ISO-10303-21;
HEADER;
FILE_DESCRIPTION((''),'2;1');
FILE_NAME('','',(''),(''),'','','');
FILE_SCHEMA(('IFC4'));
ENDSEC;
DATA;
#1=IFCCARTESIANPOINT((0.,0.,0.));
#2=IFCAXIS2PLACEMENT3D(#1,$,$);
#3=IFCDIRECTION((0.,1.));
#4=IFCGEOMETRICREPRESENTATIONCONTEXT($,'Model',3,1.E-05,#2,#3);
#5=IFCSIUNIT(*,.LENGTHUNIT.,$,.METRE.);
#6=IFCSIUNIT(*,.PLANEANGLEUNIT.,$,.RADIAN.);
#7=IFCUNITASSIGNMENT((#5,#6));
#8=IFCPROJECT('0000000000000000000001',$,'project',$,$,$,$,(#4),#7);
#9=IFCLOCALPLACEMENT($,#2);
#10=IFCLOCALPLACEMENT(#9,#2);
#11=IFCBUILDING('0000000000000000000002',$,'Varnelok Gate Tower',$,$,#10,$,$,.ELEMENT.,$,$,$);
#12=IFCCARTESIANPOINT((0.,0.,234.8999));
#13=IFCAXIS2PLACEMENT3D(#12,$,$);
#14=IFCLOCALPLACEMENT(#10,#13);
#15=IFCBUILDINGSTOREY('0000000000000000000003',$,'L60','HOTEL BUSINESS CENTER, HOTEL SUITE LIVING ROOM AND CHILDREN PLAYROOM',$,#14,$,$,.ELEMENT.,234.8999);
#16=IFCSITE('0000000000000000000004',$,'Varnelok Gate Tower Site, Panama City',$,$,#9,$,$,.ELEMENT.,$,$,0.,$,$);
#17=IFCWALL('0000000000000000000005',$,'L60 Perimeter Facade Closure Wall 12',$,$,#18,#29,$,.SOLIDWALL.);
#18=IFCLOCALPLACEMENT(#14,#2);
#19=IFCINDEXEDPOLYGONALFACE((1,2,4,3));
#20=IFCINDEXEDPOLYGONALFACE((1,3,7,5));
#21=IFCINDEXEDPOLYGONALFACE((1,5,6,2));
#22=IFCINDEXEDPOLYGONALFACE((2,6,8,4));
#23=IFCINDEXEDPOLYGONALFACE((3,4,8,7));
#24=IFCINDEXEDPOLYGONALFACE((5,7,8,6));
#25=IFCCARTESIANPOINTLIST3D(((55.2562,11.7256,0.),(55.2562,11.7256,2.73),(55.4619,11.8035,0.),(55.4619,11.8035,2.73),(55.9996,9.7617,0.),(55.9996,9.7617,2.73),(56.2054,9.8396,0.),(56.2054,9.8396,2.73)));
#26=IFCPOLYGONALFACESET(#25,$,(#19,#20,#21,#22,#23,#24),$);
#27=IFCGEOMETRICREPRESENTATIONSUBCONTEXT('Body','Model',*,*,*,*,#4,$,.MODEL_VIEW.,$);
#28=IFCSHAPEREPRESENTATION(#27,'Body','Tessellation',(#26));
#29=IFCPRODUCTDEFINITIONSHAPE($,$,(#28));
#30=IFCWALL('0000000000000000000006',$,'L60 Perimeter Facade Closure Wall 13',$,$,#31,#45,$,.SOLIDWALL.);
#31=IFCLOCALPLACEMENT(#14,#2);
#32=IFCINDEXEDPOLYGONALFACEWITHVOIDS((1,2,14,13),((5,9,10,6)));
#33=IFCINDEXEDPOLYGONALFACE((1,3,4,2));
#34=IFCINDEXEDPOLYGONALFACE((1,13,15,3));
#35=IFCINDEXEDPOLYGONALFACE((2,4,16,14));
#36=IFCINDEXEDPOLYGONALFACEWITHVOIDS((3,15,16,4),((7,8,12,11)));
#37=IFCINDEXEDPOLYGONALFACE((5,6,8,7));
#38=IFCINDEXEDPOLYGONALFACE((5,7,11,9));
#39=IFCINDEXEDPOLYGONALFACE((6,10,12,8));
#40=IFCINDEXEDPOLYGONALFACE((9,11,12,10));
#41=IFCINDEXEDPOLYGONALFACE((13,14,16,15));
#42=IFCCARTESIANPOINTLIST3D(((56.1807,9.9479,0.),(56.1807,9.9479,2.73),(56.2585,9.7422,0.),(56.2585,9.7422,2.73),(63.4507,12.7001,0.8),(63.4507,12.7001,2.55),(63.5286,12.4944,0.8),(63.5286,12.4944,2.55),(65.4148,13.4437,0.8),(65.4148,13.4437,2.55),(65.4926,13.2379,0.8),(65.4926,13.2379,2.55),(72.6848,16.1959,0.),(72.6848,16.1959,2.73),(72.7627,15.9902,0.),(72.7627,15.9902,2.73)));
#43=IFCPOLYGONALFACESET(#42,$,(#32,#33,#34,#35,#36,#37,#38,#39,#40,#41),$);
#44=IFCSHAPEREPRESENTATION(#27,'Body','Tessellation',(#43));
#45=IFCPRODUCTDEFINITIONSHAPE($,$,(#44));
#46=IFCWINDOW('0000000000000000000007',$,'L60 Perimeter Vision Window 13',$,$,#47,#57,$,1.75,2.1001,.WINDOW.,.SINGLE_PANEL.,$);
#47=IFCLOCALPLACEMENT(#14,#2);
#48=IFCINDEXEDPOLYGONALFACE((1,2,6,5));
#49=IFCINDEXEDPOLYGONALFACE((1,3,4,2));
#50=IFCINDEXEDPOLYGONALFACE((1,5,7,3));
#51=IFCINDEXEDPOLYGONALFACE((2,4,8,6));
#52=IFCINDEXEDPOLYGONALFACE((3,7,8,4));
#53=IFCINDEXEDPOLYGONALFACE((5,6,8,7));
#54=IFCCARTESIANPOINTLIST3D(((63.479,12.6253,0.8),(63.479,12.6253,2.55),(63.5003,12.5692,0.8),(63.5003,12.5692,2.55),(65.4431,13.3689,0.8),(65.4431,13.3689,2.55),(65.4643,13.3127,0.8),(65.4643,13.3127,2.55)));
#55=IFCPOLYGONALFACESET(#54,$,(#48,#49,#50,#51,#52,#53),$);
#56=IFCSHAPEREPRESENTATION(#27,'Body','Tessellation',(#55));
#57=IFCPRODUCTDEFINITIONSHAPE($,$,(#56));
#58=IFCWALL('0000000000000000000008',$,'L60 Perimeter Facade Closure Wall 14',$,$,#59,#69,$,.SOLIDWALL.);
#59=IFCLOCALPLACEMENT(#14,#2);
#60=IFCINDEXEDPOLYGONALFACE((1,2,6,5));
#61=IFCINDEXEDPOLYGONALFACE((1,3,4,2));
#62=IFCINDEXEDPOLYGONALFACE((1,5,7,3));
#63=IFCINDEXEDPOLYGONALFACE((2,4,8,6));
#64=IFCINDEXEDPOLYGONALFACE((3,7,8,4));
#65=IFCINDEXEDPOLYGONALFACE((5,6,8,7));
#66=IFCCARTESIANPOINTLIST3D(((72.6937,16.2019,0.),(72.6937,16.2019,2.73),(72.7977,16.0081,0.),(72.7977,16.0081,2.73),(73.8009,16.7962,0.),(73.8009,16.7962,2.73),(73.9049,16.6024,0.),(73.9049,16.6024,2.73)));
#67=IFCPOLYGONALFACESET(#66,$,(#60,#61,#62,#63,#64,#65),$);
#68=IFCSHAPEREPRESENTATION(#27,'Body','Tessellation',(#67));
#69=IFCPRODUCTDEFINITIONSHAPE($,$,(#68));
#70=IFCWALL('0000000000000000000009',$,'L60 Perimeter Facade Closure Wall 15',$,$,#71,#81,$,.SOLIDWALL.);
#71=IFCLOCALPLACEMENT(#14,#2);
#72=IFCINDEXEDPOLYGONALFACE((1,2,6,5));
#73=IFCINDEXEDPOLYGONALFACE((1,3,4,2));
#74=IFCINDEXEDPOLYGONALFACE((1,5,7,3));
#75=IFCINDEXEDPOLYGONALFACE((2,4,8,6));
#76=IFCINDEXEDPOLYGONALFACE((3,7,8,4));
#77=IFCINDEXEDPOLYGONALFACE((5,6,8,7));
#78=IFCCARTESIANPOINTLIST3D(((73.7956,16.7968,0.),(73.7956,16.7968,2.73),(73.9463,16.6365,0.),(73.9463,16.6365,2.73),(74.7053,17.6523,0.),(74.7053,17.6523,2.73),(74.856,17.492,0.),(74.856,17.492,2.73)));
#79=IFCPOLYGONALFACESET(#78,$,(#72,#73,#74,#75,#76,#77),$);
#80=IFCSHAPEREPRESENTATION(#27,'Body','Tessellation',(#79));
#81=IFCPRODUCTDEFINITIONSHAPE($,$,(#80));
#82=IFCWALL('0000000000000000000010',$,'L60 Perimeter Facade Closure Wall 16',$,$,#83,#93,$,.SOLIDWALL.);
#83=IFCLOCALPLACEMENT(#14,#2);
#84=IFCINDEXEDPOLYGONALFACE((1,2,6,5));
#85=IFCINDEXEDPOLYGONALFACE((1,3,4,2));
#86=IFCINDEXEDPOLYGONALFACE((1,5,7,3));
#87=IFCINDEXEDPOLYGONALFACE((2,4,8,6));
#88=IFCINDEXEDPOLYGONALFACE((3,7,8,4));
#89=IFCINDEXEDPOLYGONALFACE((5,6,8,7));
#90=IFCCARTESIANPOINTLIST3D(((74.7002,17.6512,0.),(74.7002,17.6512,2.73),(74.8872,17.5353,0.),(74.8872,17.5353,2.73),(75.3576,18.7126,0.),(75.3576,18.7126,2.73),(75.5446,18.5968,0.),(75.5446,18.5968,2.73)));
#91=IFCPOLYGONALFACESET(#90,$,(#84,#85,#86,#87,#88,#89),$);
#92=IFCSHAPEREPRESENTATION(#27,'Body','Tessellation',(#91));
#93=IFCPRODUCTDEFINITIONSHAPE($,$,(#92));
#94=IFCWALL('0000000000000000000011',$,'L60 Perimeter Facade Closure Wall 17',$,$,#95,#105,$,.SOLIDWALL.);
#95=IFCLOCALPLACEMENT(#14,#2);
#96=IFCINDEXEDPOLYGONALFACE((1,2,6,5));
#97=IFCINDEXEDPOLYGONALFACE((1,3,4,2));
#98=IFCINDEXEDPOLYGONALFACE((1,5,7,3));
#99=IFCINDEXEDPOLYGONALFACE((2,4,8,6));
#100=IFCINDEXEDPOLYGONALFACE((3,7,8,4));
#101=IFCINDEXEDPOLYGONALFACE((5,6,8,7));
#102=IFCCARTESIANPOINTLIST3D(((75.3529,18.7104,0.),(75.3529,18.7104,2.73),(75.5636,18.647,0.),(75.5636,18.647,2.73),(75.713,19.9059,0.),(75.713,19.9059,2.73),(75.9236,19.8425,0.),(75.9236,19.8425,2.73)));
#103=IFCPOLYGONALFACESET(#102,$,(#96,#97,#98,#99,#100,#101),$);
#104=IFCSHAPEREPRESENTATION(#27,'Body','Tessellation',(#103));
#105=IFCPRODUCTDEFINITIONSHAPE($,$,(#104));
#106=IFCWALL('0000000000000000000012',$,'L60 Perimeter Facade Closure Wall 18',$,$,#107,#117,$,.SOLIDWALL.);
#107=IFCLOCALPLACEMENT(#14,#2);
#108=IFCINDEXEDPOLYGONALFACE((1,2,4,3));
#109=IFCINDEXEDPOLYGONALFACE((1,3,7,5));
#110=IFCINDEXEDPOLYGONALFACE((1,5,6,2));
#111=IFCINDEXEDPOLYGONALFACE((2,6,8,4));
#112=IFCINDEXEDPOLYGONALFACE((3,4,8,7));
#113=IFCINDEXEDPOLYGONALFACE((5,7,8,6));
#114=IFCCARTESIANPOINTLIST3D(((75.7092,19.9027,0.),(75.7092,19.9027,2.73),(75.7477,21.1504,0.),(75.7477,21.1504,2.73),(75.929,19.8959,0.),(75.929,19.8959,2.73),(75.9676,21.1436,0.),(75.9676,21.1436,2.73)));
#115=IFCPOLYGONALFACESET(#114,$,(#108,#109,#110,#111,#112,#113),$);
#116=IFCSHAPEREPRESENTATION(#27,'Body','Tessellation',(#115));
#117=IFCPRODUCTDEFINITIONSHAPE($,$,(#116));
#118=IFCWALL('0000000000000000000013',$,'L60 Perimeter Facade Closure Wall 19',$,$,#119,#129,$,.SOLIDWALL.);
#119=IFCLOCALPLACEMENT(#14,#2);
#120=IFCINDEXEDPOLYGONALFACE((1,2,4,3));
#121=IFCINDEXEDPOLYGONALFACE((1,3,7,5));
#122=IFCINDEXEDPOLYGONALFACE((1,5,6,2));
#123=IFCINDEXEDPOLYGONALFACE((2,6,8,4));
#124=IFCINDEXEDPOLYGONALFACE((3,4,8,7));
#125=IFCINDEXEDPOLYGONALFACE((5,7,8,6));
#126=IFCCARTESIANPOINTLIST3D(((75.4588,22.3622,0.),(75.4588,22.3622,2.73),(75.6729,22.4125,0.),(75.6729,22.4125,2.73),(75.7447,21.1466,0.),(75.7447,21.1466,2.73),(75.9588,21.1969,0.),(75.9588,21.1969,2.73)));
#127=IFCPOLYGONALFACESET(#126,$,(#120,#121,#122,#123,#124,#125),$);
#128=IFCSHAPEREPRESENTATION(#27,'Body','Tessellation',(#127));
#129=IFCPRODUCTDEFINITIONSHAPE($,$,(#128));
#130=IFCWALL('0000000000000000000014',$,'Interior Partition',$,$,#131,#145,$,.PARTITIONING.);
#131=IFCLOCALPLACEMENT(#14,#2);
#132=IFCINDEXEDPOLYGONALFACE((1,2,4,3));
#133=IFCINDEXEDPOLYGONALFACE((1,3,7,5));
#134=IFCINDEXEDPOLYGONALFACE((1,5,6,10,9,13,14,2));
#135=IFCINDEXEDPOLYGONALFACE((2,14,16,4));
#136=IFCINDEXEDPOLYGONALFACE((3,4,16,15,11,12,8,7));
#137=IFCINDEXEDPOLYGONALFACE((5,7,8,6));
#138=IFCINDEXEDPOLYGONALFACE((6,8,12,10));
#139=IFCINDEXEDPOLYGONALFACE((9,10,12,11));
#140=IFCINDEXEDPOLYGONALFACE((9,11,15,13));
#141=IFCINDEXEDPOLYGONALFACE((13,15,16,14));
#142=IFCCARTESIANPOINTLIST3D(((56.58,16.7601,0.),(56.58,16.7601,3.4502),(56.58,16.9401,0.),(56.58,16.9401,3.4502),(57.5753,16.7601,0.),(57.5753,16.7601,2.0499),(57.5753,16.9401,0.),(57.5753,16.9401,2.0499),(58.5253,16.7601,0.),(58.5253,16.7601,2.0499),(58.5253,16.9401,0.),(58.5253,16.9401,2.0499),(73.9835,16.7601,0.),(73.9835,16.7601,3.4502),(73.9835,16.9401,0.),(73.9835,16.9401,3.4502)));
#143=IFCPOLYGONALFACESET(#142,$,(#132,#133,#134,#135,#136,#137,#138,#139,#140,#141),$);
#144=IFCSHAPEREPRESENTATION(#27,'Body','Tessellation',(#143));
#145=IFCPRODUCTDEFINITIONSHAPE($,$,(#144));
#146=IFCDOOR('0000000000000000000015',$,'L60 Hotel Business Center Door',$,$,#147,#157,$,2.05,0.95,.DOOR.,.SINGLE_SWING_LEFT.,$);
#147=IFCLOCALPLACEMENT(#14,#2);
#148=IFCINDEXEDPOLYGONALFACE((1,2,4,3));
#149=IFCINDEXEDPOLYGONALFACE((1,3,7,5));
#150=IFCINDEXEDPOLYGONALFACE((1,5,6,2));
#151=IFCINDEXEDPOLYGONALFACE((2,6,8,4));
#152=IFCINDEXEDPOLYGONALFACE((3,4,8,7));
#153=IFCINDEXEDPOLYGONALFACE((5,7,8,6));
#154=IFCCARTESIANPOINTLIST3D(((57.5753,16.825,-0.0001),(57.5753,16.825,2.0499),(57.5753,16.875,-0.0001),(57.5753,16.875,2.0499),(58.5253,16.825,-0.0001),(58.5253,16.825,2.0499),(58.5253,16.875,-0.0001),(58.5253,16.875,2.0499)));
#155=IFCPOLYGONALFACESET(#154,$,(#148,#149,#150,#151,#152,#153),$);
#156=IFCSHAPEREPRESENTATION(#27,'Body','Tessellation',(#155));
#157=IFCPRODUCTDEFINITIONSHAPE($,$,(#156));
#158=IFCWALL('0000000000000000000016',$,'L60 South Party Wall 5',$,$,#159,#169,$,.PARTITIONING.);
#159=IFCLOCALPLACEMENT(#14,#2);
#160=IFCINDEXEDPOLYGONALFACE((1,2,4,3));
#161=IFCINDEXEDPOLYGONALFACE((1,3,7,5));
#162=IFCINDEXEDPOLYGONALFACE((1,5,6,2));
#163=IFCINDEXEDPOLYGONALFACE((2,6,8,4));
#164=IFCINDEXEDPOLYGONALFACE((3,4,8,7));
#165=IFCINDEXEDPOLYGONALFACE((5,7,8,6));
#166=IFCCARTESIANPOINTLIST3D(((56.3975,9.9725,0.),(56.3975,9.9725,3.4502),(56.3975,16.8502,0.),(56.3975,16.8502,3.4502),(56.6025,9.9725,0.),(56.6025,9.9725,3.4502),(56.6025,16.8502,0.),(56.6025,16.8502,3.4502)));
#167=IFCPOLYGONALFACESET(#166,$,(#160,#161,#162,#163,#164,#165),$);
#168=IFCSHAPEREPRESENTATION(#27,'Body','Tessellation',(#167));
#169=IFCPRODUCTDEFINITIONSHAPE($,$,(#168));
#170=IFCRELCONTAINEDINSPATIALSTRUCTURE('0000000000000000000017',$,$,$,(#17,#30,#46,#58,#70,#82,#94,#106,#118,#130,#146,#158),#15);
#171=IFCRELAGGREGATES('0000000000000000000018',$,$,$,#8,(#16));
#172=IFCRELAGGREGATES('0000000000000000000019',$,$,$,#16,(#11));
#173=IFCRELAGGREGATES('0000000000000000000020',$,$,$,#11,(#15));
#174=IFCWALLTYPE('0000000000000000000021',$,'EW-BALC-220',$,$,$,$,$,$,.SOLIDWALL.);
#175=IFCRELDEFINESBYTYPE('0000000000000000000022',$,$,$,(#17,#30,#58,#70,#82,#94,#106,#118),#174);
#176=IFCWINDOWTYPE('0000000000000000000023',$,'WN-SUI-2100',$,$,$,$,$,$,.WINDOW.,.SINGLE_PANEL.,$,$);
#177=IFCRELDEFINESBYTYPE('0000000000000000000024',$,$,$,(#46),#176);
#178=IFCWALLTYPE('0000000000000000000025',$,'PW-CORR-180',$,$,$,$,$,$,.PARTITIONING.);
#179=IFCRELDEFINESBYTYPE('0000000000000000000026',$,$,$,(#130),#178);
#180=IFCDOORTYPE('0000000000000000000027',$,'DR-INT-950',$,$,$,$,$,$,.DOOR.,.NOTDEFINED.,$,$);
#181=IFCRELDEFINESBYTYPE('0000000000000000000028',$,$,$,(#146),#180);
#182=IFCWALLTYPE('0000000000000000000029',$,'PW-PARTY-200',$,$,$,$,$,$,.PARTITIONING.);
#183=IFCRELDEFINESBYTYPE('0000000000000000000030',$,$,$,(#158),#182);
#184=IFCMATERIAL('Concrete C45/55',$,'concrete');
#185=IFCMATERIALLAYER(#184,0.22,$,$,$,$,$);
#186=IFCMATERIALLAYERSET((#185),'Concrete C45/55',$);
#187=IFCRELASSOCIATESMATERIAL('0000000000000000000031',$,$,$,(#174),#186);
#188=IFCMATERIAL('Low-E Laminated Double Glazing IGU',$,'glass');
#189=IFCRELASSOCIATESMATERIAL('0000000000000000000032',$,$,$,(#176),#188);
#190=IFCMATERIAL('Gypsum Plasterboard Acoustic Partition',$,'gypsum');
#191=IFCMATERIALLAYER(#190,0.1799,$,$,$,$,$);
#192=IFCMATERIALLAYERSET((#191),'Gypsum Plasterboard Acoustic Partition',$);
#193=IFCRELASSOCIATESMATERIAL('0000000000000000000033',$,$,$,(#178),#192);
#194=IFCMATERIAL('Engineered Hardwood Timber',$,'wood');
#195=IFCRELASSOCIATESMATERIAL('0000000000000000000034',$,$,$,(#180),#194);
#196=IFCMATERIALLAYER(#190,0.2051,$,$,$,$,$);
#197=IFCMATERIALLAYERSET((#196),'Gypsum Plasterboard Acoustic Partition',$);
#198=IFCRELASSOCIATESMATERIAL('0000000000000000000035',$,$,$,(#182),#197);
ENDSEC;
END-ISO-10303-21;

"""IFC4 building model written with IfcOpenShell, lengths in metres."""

from ifc_helpers import new_model, si_unit, direction, frame, frame_2d, origin, place, context, subcontext, project, spatial, rectangle, extrude, material, layer, layer_set, type_object, element, fill, save


model = new_model("IFC4")

# Units and contexts
model_context = context("Model", 3, precision=1e-05, world=origin(), true_north=direction((0.0, 1.0)))
body_context = subcontext(model_context, "Body", "Model", "MODEL_VIEW")
ifc_project = project(units=[si_unit("LENGTHUNIT", "METRE"), si_unit("PLANEANGLEUNIT", "RADIAN")], contexts=[model_context])

# Site, building, storey
site_placement = place(None, origin())
site = spatial("IfcSite", under=ifc_project, at=site_placement, Name="Varnelok Gate Tower Site, Panama City", CompositionType="ELEMENT", RefElevation=0.0)
building_placement = place(site_placement, origin())
building = spatial("IfcBuilding", under=site, at=building_placement, Name="Varnelok Gate Tower", CompositionType="ELEMENT")
storey_placement = place(building_placement, frame((0.0, 0.0, 234.8999)))
storey = spatial("IfcBuildingStorey", under=building, at=storey_placement, Name="L60", Description="HOTEL BUSINESS CENTER, HOTEL SUITE LIVING ROOM AND CHILDREN PLAYROOM", CompositionType="ELEMENT", Elevation=234.8999)

# Shared definitions
ifc_material_1 = material(Name="Low-E Laminated Double Glazing IGU", Category="glass")

# Shared definitions
ifc_material_2 = material(Name="Concrete C45/55", Category="concrete")
ifc_layer_1 = layer(ifc_material_2, 0.22)
ifc_layer_set_1 = layer_set([ifc_layer_1], Name="Concrete C45/55")
wall_type_1 = type_object("IfcWallType", Name="EW-BALC-220", PredefinedType="SOLIDWALL", material=ifc_layer_set_1)

# Wall
wall_1_placement = place(storey_placement, frame((55.3591, 11.7644, 0.0), z_axis=(0.0, 0.0, 1.0), x_axis=(0.354027, -0.935235, 0.0)))
element("IfcWall", 1, at=wall_1_placement, inside=storey, type_object=wall_type_1, Name="L60 Perimeter Facade Closure Wall 12", PredefinedType="SOLIDWALL", context=body_context, shape_type="SweptSolid", body=[
    extrude(rectangle(XDim=2.0999, YDim=0.22, at=frame_2d((1.0498, 0.0))), origin(), (0.0, 0.0, 1.0), 2.73),
])

# Wall, opening, window
wall_2_placement = place(storey_placement, frame((56.2195, 9.845, 0.0), z_axis=(0.0, 0.0, 1.0), x_axis=(0.935226, 0.354052, 0.0)))
wall_2 = element("IfcWall", 2, at=wall_2_placement, inside=storey, type_object=wall_type_1, Name="L60 Perimeter Facade Closure Wall 13", PredefinedType="SOLIDWALL", context=body_context, shape_type="SweptSolid", body=[
    extrude(rectangle(XDim=17.6472, YDim=0.22, at=frame_2d((8.8237, 0.0))), origin(), (0.0, 0.0, 1.0), 2.73),
])
opening_1_placement = place(wall_2_placement, frame((7.7737, 0.0, 0.8)))
opening_1 = element("IfcOpeningElement", 3, at=opening_1_placement, cuts=wall_2, PredefinedType="OPENING", context=body_context, shape_type="SweptSolid", body=[
    extrude(rectangle(XDim=2.1001, YDim=1.75, at=frame_2d((1.05, 0.875))), frame((0.0, 0.1199, 0.0), z_axis=(0.0, -1.0, 0.0), x_axis=(1.0, 0.0, 0.0)), (0.0, 0.0, 1.0), 0.24),
])
window_type = type_object("IfcWindowType", Name="WN-SUI-2100", PartitioningType="SINGLE_PANEL", PredefinedType="WINDOW", material=ifc_material_1)
window_placement = place(opening_1_placement, origin())
window = element("IfcWindow", 4, at=window_placement, inside=storey, type_object=window_type, Name="L60 Perimeter Vision Window 13", OverallHeight=1.75, OverallWidth=2.1001, PartitioningType="SINGLE_PANEL", PredefinedType="WINDOW", context=body_context, shape_type="SweptSolid", body=[
    extrude(rectangle(XDim=2.1001, YDim=1.75, at=frame_2d((1.05, 0.875))), frame((0.0, 0.03, 0.0), z_axis=(0.0, -1.0, 0.0), x_axis=(1.0, 0.0, 0.0)), (0.0, 0.0, 1.0), 0.0601),
])
fill(opening_1, window)

# Walls
wall_3_placement = place(storey_placement, frame((72.7456, 16.105, 0.0), z_axis=(0.0, 0.0, 1.0), x_axis=(0.881113, 0.472906, 0.0)))
element("IfcWall", 5, at=wall_3_placement, inside=storey, type_object=wall_type_1, Name="L60 Perimeter Facade Closure Wall 14", PredefinedType="SOLIDWALL", context=body_context, shape_type="SweptSolid", body=[
    extrude(rectangle(XDim=1.2566, YDim=0.22, at=frame_2d((0.6284, 0.0))), origin(), (0.0, 0.0, 1.0), 2.73),
])
wall_4_placement = place(storey_placement, frame((73.8708, 16.7166, 0.0), z_axis=(0.0, 0.0, 1.0), x_axis=(0.728475, 0.685072, 0.0)))
element("IfcWall", 6, at=wall_4_placement, inside=storey, type_object=wall_type_1, Name="L60 Perimeter Facade Closure Wall 15", PredefinedType="SOLIDWALL", context=body_context, shape_type="SweptSolid", body=[
    extrude(rectangle(XDim=1.2488, YDim=0.22, at=frame_2d((0.6245, 0.0))), origin(), (0.0, 0.0, 1.0), 2.73),
])
for number, where, z_axis, x_axis, name in (
    (7, (74.7937, 17.5933, 0.0), (0.0, 0.0, 1.0), (0.52655, 0.850144, 0.0), "L60 Perimeter Facade Closure Wall 16"),
    (8, (75.4583, 18.6787, 0.0), (0.0, 0.0, 1.0), (0.288406, 0.957508, 0.0), "L60 Perimeter Facade Closure Wall 17"),
):
    element("IfcWall", number, at=place(storey_placement, frame(where, z_axis=z_axis, x_axis=x_axis)), inside=storey, type_object=wall_type_1, Name=name, PredefinedType="SOLIDWALL", context=body_context, shape_type="SweptSolid", body=[
        extrude(rectangle(XDim=1.2485, YDim=0.22, at=frame_2d((0.6243, 0.0))), origin(), (0.0, 0.0, 1.0), 2.73),
    ])
wall_5_placement = place(storey_placement, frame((75.8191, 19.8994, 0.0), z_axis=(0.0, 0.0, 1.0), x_axis=(0.030899, 0.999523, 0.0)))
element("IfcWall", 9, at=wall_5_placement, inside=storey, type_object=wall_type_1, Name="L60 Perimeter Facade Closure Wall 18", PredefinedType="SOLIDWALL", context=body_context, shape_type="SweptSolid", body=[
    extrude(rectangle(XDim=1.2483, YDim=0.22, at=frame_2d((0.624, 0.0))), origin(), (0.0, 0.0, 1.0), 2.73),
])
wall_6_placement = place(storey_placement, frame((75.8518, 21.1716, 0.0), z_axis=(0.0, 0.0, 1.0), x_axis=(-0.228941, 0.97344, 0.0)))
element("IfcWall", 10, at=wall_6_placement, inside=storey, type_object=wall_type_1, Name="L60 Perimeter Facade Closure Wall 19", PredefinedType="SOLIDWALL", context=body_context, shape_type="SweptSolid", body=[
    extrude(rectangle(XDim=1.2488, YDim=0.22, at=frame_2d((0.6245, 0.0))), origin(), (0.0, 0.0, 1.0), 2.73),
])

# Wall, opening, door
ifc_material_3 = material(Name="Gypsum Plasterboard Acoustic Partition", Category="gypsum")
ifc_layer_2 = layer(ifc_material_3, 0.1799)
ifc_layer_set_2 = layer_set([ifc_layer_2], Name="Gypsum Plasterboard Acoustic Partition")
wall_type_2 = type_object("IfcWallType", Name="PW-CORR-180", PredefinedType="PARTITIONING", material=ifc_layer_set_2)
wall_7_placement = place(storey_placement, frame((56.5801, 16.8501, 0.0), z_axis=(0.0, 0.0, 1.0), x_axis=(1.0, 0.0, 0.0)))
wall_7 = element("IfcWall", 11, at=wall_7_placement, inside=storey, type_object=wall_type_2, Name="Interior Partition", PredefinedType="PARTITIONING", context=body_context, shape_type="SweptSolid", body=[
    extrude(rectangle(XDim=17.4036, YDim=0.1799, at=frame_2d((8.7017, 0.0))), origin(), (0.0, 0.0, 1.0), 3.4502),
])
opening_2_placement = place(wall_7_placement, frame((0.9951, 0.0, 0.0)))
opening_2 = element("IfcOpeningElement", 12, at=opening_2_placement, cuts=wall_7, PredefinedType="OPENING", context=body_context, shape_type="SweptSolid", body=[
    extrude(rectangle(XDim=0.95, YDim=2.05, at=frame_2d((0.4751, 1.0249))), frame((0.0, 0.0999, 0.0), z_axis=(0.0, -1.0, 0.0), x_axis=(1.0, 0.0, 0.0)), (0.0, 0.0, 1.0), 0.2),
])
ifc_material_4 = material(Name="Engineered Hardwood Timber", Category="wood")
door_type_1 = type_object("IfcDoorType", Name="DR-INT-950", OperationType="NOTDEFINED", PredefinedType="DOOR", material=ifc_material_4)
door_1_placement = place(opening_2_placement, origin())
door_1 = element("IfcDoor", 13, at=door_1_placement, inside=storey, type_object=door_type_1, Name="L60 Hotel Business Center Door", OperationType="SINGLE_SWING_LEFT", OverallHeight=2.05, OverallWidth=0.95, PredefinedType="DOOR", context=body_context, shape_type="SweptSolid", body=[
    extrude(rectangle(XDim=0.95, YDim=2.05, at=frame_2d((0.4751, 1.0249))), frame((0.0, 0.0249, 0.0), z_axis=(0.0, -1.0, 0.0), x_axis=(1.0, 0.0, 0.0)), (0.0, 0.0, 1.0), 0.05),
])
fill(opening_2, door_1)

# Wall
ifc_layer_3 = layer(ifc_material_3, 0.2051)
ifc_layer_set_3 = layer_set([ifc_layer_3], Name="Gypsum Plasterboard Acoustic Partition")
wall_type_3 = type_object("IfcWallType", Name="PW-PARTY-200", PredefinedType="PARTITIONING", material=ifc_layer_set_3)
wall_8_placement = place(storey_placement, frame((56.5, 9.9724, 0.0), z_axis=(0.0, 0.0, 1.0), x_axis=(0.0, 1.0, 0.0)))
element("IfcWall", 14, at=wall_8_placement, inside=storey, type_object=wall_type_3, Name="L60 South Party Wall 5", PredefinedType="PARTITIONING", context=body_context, shape_type="SweptSolid", body=[
    extrude(rectangle(XDim=6.8777, YDim=0.2051, at=frame_2d((3.439, 0.0))), origin(), (0.0, 0.0, 1.0), 3.4502),
])

save(model, "model.ifc")
